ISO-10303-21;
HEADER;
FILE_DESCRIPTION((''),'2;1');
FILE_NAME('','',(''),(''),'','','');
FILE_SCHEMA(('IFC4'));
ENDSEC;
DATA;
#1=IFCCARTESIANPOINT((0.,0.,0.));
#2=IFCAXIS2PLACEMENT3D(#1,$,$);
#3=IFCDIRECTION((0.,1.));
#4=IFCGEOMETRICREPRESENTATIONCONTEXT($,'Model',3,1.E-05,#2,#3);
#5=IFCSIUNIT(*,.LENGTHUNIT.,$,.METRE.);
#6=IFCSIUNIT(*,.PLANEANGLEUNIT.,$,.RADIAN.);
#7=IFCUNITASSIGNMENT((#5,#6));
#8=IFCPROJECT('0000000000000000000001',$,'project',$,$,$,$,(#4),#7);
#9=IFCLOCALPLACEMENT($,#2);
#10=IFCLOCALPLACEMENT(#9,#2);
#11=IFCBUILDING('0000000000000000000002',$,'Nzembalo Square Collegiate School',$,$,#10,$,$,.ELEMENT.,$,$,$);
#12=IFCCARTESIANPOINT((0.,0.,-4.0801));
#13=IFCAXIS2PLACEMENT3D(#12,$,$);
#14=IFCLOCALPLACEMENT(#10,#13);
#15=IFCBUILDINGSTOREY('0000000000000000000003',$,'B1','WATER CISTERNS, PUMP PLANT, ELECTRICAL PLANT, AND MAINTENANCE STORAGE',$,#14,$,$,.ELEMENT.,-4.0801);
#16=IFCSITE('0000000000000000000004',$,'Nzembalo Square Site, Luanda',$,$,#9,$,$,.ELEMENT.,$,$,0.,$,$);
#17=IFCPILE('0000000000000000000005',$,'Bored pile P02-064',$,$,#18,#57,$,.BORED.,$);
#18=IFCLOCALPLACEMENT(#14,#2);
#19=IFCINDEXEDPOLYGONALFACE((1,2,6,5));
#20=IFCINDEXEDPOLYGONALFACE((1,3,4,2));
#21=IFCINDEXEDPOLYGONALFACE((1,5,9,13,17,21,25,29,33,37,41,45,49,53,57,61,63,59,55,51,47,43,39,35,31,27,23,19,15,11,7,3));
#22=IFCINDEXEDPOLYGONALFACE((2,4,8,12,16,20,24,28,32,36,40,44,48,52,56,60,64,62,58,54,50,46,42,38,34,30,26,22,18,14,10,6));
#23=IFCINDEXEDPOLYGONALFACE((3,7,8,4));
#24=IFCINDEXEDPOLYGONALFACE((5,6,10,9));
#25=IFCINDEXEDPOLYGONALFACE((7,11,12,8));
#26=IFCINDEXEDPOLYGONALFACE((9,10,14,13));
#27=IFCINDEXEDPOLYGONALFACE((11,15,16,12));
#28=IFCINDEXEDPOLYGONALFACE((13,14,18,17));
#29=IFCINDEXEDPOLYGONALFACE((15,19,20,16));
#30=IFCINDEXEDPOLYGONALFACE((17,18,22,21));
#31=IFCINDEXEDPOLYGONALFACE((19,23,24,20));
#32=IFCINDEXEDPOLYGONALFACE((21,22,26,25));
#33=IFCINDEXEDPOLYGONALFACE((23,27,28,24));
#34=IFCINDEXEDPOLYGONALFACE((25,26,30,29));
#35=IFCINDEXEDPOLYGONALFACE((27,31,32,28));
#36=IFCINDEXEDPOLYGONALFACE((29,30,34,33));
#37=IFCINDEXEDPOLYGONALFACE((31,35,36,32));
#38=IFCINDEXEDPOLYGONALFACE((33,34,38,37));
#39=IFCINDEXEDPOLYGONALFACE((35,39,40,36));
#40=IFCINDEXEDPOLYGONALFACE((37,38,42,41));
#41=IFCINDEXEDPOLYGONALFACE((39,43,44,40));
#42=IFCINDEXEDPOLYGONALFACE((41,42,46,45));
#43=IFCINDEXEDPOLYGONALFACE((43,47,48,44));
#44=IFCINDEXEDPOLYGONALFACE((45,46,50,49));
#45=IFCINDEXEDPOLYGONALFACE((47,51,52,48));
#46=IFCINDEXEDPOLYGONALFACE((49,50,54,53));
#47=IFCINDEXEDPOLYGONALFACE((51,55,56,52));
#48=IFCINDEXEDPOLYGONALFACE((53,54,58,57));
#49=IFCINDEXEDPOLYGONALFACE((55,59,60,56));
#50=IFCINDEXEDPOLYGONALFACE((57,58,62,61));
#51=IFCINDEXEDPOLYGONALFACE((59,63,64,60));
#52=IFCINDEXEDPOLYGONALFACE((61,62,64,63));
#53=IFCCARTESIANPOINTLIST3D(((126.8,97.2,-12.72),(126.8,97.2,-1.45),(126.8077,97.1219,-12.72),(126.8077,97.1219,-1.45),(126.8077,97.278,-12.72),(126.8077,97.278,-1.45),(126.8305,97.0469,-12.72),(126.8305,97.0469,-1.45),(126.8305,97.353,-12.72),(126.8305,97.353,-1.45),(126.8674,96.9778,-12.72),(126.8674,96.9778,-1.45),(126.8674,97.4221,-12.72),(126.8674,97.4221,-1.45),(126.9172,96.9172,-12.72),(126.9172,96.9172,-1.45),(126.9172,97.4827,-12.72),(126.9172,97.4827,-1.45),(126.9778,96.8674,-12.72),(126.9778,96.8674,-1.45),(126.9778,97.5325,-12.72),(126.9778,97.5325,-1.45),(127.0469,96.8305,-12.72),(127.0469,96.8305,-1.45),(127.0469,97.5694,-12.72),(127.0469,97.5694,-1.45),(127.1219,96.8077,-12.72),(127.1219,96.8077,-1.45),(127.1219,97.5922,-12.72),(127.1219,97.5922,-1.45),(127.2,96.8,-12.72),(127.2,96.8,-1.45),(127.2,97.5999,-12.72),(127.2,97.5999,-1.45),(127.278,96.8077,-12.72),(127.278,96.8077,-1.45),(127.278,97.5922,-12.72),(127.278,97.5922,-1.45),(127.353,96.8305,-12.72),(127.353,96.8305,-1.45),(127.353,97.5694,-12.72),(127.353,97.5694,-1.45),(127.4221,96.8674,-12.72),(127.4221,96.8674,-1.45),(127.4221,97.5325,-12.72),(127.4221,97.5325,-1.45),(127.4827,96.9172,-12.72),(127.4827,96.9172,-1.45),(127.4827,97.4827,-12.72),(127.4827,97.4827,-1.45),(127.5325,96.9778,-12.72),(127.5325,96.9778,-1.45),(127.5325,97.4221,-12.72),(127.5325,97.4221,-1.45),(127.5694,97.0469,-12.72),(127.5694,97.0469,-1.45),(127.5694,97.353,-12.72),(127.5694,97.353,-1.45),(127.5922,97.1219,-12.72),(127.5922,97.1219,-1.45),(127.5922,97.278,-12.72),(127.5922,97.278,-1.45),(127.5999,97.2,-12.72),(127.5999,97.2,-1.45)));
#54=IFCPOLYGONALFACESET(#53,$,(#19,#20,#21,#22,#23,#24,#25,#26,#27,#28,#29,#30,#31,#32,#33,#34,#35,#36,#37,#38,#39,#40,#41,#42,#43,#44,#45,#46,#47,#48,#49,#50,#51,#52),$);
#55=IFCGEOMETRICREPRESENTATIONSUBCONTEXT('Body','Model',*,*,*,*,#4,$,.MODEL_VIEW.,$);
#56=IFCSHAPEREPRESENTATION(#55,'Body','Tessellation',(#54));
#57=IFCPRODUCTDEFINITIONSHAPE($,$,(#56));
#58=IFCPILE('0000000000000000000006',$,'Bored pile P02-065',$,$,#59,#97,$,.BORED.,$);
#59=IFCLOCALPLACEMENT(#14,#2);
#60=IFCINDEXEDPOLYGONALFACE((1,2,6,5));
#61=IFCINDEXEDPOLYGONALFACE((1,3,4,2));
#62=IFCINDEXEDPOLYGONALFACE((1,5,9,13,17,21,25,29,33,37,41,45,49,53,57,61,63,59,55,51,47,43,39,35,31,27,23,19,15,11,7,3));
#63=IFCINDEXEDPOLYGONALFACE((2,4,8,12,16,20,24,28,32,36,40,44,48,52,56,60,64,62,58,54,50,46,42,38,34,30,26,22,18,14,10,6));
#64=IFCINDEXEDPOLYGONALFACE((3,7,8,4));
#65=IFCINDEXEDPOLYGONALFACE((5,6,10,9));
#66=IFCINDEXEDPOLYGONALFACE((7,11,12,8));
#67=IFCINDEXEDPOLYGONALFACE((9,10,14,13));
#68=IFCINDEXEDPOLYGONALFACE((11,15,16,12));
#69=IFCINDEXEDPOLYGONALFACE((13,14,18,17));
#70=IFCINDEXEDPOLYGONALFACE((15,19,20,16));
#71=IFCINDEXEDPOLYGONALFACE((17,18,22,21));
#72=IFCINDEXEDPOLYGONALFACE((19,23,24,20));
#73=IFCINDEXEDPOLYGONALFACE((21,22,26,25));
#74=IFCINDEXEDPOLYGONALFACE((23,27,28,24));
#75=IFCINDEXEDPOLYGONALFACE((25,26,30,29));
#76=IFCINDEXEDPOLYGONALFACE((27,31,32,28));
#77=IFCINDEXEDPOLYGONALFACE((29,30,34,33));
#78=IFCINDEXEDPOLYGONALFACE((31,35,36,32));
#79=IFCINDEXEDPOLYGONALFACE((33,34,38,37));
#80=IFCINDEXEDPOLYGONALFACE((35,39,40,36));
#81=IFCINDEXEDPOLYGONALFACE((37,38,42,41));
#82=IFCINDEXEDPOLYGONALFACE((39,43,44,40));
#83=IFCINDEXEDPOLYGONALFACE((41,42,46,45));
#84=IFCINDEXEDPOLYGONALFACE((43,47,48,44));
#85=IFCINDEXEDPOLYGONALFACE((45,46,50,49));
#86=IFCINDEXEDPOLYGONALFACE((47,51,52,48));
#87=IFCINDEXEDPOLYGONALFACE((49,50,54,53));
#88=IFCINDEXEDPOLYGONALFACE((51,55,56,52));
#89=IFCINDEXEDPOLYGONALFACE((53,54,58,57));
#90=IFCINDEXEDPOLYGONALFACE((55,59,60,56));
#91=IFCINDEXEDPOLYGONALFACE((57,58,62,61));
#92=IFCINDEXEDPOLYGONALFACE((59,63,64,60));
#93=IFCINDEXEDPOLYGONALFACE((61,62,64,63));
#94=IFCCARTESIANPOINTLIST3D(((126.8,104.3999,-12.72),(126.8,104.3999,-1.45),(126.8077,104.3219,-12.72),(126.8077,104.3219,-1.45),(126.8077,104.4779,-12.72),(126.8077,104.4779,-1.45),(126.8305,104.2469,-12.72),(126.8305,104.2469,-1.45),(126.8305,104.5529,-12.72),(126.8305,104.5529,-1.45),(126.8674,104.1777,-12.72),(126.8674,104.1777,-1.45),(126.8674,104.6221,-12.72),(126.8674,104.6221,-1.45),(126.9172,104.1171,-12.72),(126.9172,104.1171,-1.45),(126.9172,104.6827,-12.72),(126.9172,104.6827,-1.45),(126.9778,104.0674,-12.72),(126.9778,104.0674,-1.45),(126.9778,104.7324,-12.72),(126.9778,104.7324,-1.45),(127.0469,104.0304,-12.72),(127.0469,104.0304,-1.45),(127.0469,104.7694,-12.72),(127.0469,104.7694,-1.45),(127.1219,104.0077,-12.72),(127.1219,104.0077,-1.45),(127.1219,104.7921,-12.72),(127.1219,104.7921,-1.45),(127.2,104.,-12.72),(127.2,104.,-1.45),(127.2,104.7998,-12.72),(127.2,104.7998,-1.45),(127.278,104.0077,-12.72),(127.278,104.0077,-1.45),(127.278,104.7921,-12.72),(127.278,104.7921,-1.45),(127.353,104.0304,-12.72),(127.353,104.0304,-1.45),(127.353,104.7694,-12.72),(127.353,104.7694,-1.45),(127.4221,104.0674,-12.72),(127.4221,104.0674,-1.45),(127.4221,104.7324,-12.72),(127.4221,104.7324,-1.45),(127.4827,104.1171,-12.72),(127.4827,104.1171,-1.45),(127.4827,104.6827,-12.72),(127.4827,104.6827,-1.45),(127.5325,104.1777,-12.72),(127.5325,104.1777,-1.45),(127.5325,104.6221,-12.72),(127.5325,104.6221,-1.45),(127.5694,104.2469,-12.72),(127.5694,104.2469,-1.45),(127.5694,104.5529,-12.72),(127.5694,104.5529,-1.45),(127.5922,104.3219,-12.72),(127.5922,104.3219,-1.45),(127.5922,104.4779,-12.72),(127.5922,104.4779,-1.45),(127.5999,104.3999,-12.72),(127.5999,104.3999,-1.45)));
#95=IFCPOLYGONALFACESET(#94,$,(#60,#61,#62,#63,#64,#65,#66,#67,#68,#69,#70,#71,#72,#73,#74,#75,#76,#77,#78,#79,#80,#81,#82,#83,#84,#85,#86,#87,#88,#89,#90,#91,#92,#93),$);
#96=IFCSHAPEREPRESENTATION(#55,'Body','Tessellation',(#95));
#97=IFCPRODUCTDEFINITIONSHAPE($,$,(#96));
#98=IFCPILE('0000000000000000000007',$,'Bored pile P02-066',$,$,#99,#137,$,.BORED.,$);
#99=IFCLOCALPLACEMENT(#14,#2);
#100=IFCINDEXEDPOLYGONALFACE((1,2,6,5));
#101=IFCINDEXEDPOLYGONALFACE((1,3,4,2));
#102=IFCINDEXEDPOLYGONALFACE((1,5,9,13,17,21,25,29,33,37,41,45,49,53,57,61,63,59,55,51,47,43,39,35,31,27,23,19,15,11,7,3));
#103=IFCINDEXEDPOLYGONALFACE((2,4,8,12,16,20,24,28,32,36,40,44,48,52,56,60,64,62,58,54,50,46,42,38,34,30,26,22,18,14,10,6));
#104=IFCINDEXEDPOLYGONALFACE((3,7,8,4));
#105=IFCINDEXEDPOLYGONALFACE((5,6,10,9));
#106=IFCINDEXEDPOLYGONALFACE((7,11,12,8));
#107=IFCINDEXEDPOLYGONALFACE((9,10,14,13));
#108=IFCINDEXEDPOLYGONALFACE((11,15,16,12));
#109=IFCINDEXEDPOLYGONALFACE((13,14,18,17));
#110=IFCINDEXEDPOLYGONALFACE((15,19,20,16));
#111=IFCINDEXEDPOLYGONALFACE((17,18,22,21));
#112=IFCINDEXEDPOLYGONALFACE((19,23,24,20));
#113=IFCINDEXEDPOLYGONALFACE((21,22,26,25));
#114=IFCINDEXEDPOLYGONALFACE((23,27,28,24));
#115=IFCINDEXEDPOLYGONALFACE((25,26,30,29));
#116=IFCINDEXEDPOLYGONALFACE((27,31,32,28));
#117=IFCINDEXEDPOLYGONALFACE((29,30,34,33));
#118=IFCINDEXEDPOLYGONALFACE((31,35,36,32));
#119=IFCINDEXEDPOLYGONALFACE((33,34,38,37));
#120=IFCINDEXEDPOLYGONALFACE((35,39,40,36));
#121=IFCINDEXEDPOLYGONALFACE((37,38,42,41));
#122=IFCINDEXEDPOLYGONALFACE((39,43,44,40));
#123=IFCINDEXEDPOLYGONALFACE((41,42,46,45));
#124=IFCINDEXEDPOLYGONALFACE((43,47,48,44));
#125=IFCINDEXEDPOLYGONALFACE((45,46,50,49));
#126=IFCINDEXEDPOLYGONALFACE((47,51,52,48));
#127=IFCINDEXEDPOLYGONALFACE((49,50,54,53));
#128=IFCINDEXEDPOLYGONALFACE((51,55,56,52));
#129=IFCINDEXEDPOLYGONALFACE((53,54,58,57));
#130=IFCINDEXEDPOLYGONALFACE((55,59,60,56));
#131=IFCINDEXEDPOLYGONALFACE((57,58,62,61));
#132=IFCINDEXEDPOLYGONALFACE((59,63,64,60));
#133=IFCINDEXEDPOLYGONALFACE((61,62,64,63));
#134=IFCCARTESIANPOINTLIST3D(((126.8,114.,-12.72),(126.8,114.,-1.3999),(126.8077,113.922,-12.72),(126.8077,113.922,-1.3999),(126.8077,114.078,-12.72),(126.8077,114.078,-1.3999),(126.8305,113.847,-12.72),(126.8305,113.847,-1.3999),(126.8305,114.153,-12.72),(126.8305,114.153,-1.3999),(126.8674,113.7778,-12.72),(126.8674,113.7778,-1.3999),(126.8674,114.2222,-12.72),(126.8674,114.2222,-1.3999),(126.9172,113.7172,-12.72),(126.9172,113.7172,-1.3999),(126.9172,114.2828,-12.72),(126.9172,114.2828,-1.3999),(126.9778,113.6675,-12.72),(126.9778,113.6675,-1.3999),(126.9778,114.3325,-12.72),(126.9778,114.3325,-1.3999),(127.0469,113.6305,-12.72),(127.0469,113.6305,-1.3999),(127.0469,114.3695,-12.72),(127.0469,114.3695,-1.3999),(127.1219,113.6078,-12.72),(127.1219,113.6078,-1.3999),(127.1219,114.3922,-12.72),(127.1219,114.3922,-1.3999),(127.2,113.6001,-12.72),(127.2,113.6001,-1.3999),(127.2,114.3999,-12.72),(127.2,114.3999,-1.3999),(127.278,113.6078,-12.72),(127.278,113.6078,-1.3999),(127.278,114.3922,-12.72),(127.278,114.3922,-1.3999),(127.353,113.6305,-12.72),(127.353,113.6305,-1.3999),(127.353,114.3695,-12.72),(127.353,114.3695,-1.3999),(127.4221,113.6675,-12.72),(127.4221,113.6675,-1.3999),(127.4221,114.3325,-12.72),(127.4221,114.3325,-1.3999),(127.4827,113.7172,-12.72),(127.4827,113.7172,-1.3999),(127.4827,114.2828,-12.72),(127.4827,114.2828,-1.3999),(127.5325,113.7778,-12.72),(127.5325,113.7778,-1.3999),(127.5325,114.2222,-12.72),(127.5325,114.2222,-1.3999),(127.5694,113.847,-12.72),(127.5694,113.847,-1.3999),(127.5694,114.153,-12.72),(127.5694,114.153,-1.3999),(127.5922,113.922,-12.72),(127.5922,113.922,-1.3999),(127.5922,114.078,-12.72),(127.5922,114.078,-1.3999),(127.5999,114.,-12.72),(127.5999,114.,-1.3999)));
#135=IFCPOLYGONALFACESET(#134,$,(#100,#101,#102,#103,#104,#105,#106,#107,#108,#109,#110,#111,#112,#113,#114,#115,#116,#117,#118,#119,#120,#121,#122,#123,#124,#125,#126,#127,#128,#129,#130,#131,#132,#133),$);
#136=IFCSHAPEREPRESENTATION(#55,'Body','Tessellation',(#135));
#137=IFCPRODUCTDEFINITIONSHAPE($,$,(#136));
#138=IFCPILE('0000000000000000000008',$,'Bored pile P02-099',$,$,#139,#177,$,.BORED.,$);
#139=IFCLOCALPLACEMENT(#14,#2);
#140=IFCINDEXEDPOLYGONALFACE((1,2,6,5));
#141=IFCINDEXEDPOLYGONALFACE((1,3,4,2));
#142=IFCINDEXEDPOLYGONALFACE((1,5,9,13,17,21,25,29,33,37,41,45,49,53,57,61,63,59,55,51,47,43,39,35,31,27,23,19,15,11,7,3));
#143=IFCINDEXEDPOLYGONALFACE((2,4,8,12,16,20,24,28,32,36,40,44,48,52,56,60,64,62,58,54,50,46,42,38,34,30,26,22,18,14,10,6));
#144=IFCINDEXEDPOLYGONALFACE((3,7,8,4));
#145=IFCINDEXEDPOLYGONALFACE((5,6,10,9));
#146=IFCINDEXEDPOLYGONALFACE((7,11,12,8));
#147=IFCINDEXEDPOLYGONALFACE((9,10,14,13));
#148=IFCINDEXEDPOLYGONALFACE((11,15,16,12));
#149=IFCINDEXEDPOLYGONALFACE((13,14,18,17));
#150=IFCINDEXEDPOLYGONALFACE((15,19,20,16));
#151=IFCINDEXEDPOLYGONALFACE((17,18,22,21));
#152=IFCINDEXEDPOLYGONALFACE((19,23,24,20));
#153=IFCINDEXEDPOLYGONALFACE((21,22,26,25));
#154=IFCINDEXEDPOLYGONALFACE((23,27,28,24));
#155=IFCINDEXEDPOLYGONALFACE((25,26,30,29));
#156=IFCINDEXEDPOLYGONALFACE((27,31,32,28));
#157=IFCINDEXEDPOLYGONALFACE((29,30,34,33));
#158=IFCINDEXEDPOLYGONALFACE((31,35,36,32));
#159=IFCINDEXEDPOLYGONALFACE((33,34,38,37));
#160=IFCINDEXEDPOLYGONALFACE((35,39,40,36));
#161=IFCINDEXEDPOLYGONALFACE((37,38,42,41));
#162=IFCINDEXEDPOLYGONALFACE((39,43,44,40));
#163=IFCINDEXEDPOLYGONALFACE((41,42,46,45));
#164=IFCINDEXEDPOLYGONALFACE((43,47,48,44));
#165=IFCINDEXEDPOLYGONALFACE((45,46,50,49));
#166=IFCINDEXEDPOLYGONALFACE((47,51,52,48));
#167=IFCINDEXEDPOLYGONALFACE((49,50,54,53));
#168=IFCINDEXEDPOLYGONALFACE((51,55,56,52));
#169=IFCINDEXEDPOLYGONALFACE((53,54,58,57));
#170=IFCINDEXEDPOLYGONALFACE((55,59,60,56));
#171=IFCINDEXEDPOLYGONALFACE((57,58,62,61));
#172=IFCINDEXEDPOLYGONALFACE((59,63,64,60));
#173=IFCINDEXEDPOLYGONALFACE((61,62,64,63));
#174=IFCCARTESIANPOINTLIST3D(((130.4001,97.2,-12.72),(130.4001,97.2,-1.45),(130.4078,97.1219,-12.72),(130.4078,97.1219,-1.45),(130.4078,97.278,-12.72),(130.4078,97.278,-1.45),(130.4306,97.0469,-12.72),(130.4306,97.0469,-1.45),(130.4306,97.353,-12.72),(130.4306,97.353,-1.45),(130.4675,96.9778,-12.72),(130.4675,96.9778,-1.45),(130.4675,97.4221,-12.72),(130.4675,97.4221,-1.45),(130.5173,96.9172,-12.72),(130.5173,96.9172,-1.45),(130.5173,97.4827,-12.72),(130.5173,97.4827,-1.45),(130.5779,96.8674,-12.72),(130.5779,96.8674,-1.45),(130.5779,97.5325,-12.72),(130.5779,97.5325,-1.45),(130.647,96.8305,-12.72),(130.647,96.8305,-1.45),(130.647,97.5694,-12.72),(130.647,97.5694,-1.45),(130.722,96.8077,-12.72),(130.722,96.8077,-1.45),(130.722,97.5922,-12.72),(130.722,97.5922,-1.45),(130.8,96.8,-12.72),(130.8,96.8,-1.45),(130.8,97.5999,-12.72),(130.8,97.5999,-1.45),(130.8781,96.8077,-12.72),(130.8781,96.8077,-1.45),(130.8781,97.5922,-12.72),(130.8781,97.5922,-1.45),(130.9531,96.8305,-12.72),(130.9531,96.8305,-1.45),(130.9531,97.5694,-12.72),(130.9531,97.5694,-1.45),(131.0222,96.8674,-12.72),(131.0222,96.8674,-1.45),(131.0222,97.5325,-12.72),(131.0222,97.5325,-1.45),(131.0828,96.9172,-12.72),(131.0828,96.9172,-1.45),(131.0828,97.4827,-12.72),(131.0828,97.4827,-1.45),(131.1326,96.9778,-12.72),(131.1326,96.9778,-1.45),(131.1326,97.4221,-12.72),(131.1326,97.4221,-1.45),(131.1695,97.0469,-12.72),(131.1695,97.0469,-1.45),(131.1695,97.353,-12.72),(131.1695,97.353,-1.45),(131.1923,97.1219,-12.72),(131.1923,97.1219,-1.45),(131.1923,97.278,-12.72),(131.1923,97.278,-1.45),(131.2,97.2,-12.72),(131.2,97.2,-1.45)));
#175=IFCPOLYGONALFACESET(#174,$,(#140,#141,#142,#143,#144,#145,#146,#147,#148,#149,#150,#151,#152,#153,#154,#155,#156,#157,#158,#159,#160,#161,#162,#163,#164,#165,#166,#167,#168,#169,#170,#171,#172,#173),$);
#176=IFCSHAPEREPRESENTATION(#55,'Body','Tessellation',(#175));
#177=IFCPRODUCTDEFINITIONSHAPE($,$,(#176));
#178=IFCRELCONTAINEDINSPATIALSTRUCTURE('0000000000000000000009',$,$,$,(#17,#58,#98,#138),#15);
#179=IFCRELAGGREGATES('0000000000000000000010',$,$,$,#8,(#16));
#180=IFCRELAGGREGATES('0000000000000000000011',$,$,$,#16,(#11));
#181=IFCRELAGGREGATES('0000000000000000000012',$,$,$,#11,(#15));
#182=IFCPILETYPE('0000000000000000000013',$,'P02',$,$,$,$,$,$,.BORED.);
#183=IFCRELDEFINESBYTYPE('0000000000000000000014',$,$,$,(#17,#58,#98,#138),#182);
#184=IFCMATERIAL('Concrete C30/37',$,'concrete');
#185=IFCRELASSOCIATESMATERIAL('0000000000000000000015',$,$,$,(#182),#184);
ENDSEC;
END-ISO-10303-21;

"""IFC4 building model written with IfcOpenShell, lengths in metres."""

from ifc_helpers import new_model, si_unit, direction, frame, origin, origin_2d, place, context, subcontext, project, spatial, circle, extrude, material, material_profile, profile_set, type_object, element, save


model = new_model("IFC4")

# Units and contexts
model_context = context("Model", 3, precision=1e-05, world=origin(), true_north=direction((0.0, 1.0)))
body_context = subcontext(model_context, "Body", "Model", "MODEL_VIEW")
ifc_project = project(units=[si_unit("LENGTHUNIT", "METRE"), si_unit("PLANEANGLEUNIT", "RADIAN")], contexts=[model_context])

# Site, building, storey
site_placement = place(None, origin())
site = spatial("IfcSite", under=ifc_project, at=site_placement, Name="Nzembalo Square Site, Luanda", CompositionType="ELEMENT", RefElevation=0.0)
building_placement = place(site_placement, origin())
building = spatial("IfcBuilding", under=site, at=building_placement, Name="Nzembalo Square Collegiate School", CompositionType="ELEMENT")
storey_placement = place(building_placement, frame((0.0, 0.0, -4.0801)))
storey = spatial("IfcBuildingStorey", under=building, at=storey_placement, Name="B1", Description="WATER CISTERNS, PUMP PLANT, ELECTRICAL PLANT, AND MAINTENANCE STORAGE", CompositionType="ELEMENT", Elevation=-4.0801)

# Piles
ifc_material_1 = material(Name="Concrete C30/37", Category="concrete")
ifc_material_profile_1 = material_profile(ifc_material_1, circle(Radius=0.3999, at=origin_2d()), Name="PILE D800")
ifc_profile_set_1 = profile_set([ifc_material_profile_1], Name="Concrete C30/37")
pile_type = type_object("IfcPileType", Name="P02", PredefinedType="BORED", material=ifc_profile_set_1)
for number, where, z_axis, x_axis, name in (
    (1, (127.2, 97.2, -1.45), (0.0, 0.0, -1.0), (1.0, 0.0, 0.0), "Bored pile P02-064"),
    (2, (127.2, 104.3999, -1.45), (0.0, 0.0, -1.0), (1.0, 0.0, 0.0), "Bored pile P02-065"),
):
    element("IfcPile", number, at=place(storey_placement, frame(where, z_axis=z_axis, x_axis=x_axis)), inside=storey, type_object=pile_type, Name=name, PredefinedType="BORED", context=body_context, shape_type="SweptSolid", body=[
        extrude(circle(Radius=0.3999, at=origin_2d()), origin(), (0.0, 0.0, 1.0), 11.27),
    ])
pile_1_placement = place(storey_placement, frame((127.2, 114.0, -1.3999), z_axis=(0.0, 0.0, -1.0), x_axis=(1.0, 0.0, 0.0)))
element("IfcPile", 3, at=pile_1_placement, inside=storey, type_object=pile_type, Name="Bored pile P02-066", PredefinedType="BORED", context=body_context, shape_type="SweptSolid", body=[
    extrude(circle(Radius=0.3999, at=origin_2d()), origin(), (0.0, 0.0, 1.0), 11.3201),
])
for number, where, z_axis, x_axis, name in (
    (4, (130.8, 97.2, -1.45), (0.0, 0.0, -1.0), (1.0, 0.0, 0.0), "Bored pile P02-099"),
):
    element("IfcPile", number, at=place(storey_placement, frame(where, z_axis=z_axis, x_axis=x_axis)), inside=storey, type_object=pile_type, Name=name, PredefinedType="BORED", context=body_context, shape_type="SweptSolid", body=[
        extrude(circle(Radius=0.3999, at=origin_2d()), origin(), (0.0, 0.0, 1.0), 11.27),
    ])

save(model, "model.ifc")
